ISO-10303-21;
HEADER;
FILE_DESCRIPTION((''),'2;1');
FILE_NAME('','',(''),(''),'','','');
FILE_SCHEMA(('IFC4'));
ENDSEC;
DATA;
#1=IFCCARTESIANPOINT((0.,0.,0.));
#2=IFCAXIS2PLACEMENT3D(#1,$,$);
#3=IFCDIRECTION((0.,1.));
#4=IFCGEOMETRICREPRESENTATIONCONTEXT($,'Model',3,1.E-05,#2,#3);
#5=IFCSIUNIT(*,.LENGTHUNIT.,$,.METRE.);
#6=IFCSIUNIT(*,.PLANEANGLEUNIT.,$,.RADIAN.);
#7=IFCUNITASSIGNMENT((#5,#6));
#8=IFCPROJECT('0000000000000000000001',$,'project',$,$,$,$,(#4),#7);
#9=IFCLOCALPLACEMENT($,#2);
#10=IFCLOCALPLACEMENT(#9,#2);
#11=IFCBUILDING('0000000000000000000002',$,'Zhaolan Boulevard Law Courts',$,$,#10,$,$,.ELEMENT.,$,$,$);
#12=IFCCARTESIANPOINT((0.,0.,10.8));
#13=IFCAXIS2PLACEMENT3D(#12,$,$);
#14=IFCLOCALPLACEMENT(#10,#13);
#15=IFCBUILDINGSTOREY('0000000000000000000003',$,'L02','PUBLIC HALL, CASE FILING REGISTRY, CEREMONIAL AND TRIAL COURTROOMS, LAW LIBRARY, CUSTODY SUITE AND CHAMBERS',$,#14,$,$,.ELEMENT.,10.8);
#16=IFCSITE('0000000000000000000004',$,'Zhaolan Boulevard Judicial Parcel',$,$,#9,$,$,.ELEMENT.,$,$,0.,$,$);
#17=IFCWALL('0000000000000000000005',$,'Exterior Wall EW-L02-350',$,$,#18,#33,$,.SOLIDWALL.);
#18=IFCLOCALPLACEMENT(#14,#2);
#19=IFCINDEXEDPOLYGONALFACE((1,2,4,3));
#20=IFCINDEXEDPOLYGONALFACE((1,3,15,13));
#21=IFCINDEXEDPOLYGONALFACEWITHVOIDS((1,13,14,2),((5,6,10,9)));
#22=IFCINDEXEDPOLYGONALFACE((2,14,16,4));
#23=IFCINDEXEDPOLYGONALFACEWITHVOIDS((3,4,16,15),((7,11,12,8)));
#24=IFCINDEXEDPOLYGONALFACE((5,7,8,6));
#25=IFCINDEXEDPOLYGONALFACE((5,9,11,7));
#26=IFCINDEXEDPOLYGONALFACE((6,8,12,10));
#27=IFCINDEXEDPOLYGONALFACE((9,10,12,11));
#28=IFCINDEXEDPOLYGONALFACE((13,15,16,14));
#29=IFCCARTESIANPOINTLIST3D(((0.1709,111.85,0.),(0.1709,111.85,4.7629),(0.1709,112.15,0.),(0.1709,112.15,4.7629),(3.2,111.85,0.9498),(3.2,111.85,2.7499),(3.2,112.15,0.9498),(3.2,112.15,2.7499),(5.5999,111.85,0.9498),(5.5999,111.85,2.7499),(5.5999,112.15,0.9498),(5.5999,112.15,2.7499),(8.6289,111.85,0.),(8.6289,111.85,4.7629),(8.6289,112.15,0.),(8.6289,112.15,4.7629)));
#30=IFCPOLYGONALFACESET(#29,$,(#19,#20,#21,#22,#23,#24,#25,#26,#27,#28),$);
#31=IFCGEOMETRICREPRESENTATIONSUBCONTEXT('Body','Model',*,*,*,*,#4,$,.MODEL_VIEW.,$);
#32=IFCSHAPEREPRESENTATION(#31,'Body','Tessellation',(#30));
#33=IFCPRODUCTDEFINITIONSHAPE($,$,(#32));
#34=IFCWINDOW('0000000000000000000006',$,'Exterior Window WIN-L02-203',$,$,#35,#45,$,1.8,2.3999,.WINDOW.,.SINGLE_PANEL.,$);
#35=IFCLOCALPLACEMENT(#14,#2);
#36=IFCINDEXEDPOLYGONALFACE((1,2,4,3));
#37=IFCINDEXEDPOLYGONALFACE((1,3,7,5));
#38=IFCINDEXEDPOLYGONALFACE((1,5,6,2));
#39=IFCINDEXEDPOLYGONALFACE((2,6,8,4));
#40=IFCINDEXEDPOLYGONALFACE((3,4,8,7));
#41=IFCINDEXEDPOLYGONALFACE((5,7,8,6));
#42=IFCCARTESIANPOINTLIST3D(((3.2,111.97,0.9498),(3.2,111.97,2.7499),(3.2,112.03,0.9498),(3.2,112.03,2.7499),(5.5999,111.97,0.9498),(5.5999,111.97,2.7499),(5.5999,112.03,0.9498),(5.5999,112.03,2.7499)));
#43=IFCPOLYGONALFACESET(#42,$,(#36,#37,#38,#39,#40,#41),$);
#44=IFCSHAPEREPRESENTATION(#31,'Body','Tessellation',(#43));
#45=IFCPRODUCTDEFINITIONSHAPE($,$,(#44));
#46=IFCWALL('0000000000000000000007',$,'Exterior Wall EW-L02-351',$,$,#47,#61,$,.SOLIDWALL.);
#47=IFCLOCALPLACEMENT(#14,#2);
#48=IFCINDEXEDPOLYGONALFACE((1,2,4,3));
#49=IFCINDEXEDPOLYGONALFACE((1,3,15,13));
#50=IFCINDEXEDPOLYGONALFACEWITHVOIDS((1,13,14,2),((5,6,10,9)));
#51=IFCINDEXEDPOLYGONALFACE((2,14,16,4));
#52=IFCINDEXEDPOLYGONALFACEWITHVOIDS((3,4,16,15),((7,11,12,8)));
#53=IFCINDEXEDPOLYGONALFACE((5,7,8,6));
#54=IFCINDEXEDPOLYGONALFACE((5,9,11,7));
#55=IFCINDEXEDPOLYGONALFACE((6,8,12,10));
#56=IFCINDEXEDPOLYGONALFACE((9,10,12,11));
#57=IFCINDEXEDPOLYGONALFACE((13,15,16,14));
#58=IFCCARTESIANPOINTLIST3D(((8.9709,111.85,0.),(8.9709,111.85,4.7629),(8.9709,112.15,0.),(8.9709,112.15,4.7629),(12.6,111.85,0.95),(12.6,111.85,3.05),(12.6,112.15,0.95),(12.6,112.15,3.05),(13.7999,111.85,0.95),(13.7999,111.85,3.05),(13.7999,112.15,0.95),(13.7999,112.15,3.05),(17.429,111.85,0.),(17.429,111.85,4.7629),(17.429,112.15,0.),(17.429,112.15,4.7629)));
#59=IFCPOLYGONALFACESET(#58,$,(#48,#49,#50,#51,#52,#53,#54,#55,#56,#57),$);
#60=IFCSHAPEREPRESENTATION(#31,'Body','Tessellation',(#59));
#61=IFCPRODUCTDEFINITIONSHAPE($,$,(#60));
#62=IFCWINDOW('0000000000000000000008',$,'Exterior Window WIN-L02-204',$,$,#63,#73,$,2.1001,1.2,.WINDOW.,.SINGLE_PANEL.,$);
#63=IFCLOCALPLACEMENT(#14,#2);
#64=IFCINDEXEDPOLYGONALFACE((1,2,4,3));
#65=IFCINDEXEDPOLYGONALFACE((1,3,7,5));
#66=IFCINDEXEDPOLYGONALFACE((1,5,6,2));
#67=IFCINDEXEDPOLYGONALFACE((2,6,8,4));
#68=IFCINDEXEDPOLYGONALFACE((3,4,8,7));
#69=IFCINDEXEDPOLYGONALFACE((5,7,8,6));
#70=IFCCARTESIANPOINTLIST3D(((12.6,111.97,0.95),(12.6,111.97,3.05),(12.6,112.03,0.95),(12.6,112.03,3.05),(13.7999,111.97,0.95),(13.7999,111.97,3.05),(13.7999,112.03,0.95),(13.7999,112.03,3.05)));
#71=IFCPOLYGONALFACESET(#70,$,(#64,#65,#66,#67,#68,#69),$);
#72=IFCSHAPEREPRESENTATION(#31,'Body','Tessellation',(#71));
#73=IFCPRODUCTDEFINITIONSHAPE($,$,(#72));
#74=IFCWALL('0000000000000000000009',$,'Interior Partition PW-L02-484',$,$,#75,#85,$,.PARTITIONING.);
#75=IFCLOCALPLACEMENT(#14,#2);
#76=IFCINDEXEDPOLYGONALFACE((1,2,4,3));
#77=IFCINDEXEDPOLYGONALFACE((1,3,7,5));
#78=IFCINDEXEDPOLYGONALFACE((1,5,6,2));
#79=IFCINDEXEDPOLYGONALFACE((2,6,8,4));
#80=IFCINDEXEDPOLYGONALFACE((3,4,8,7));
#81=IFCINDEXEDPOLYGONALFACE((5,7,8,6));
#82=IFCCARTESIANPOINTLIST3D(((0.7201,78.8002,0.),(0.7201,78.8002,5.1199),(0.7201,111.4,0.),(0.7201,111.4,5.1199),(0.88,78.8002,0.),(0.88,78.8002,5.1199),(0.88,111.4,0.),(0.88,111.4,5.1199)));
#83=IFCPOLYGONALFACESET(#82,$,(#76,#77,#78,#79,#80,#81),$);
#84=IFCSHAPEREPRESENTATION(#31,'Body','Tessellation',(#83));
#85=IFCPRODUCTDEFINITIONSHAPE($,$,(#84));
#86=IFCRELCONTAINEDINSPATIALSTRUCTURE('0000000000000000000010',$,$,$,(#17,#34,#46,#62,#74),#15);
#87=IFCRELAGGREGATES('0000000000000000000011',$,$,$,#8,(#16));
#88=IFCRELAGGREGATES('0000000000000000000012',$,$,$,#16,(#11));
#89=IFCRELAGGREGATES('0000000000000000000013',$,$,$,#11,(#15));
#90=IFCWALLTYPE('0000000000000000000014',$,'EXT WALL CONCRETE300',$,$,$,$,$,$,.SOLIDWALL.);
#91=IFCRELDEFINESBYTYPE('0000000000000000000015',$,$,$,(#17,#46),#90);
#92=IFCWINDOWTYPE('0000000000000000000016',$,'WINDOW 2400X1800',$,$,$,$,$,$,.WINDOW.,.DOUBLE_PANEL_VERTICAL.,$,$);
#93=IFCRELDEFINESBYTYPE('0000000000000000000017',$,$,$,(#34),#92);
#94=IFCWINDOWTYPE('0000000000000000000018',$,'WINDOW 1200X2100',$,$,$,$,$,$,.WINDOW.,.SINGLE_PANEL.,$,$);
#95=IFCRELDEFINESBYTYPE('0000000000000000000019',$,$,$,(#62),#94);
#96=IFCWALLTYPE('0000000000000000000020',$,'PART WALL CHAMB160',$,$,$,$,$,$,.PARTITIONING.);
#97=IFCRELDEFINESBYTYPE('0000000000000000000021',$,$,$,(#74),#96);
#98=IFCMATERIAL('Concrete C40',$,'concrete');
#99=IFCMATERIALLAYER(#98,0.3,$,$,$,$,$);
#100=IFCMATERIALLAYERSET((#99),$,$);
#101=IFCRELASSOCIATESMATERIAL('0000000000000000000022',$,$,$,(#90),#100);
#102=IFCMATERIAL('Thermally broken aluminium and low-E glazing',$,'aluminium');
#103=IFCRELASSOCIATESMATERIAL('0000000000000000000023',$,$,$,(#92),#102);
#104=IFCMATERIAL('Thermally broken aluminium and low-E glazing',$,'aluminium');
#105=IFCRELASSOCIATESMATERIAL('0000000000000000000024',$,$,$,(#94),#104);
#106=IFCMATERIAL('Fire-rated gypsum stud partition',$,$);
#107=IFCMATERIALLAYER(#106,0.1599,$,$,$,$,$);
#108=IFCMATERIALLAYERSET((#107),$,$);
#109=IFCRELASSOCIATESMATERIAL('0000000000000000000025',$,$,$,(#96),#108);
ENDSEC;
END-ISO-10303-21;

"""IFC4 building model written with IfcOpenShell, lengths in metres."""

from ifc_helpers import new_model, si_unit, direction, frame, frame_2d, origin, place, context, subcontext, project, spatial, rectangle, extrude, material, layer, layer_set, type_object, element, fill, save


model = new_model("IFC4")

# Units and contexts
model_context = context("Model", 3, precision=1e-05, world=origin(), true_north=direction((0.0, 1.0)))
body_context = subcontext(model_context, "Body", "Model", "MODEL_VIEW")
ifc_project = project(units=[si_unit("LENGTHUNIT", "METRE"), si_unit("PLANEANGLEUNIT", "RADIAN")], contexts=[model_context])

# Site, building, storey
site_placement = place(None, origin())
site = spatial("IfcSite", under=ifc_project, at=site_placement, Name="Zhaolan Boulevard Judicial Parcel", CompositionType="ELEMENT", RefElevation=0.0)
building_placement = place(site_placement, origin())
building = spatial("IfcBuilding", under=site, at=building_placement, Name="Zhaolan Boulevard Law Courts", CompositionType="ELEMENT")
storey_placement = place(building_placement, frame((0.0, 0.0, 10.8)))
storey = spatial("IfcBuildingStorey", under=building, at=storey_placement, Name="L02", Description="PUBLIC HALL, CASE FILING REGISTRY, CEREMONIAL AND TRIAL COURTROOMS, LAW LIBRARY, CUSTODY SUITE AND CHAMBERS", CompositionType="ELEMENT", Elevation=10.8)

# Walls, openings, windows
ifc_material_1 = material(Name="Concrete C40", Category="concrete")
ifc_layer_1 = layer(ifc_material_1, 0.3)
ifc_layer_set_1 = layer_set([ifc_layer_1])
wall_type_1 = type_object("IfcWallType", Name="EXT WALL CONCRETE300", PredefinedType="SOLIDWALL", material=ifc_layer_set_1)
wall_1_placement = place(storey_placement, frame((8.6289, 112.0, 0.0), z_axis=(0.0, 0.0, 1.0), x_axis=(-1.0, 0.0, 0.0)))
wall_1 = element("IfcWall", 1, at=wall_1_placement, inside=storey, type_object=wall_type_1, Name="Exterior Wall EW-L02-350", PredefinedType="SOLIDWALL", context=body_context, shape_type="SweptSolid", body=[
    extrude(rectangle(XDim=8.458, YDim=0.3, at=frame_2d((4.229, 0.0))), origin(), (0.0, 0.0, 1.0), 4.7629),
])
opening_1_placement = place(wall_1_placement, frame((3.0291, 0.0, 0.95)))
opening_1 = element("IfcOpeningElement", 2, at=opening_1_placement, cuts=wall_1, PredefinedType="OPENING", context=body_context, shape_type="SweptSolid", body=[
    extrude(rectangle(XDim=2.3999, YDim=1.8, at=frame_2d((1.2, 0.8999))), frame((0.0, 0.1599, 0.0), z_axis=(0.0, -1.0, 0.0), x_axis=(1.0, 0.0, 0.0)), (0.0, 0.0, 1.0), 0.3201),
])
ifc_material_2 = material(Name="Thermally broken aluminium and low-E glazing", Category="aluminium")
window_type_1 = type_object("IfcWindowType", Name="WINDOW 2400X1800", PartitioningType="DOUBLE_PANEL_VERTICAL", PredefinedType="WINDOW", material=ifc_material_2)
window_1_placement = place(opening_1_placement, origin())
window_1 = element("IfcWindow", 3, at=window_1_placement, inside=storey, type_object=window_type_1, Name="Exterior Window WIN-L02-203", OverallHeight=1.8, OverallWidth=2.3999, PartitioningType="SINGLE_PANEL", PredefinedType="WINDOW", context=body_context, shape_type="SweptSolid", body=[
    extrude(rectangle(XDim=2.3999, YDim=1.8, at=frame_2d((1.2, 0.8999))), frame((0.0, 0.03, 0.0), z_axis=(0.0, -1.0, 0.0), x_axis=(1.0, 0.0, 0.0)), (0.0, 0.0, 1.0), 0.0601),
])
fill(opening_1, window_1)
wall_2_placement = place(storey_placement, frame((17.429, 112.0, 0.0), z_axis=(0.0, 0.0, 1.0), x_axis=(-1.0, 0.0, 0.0)))
wall_2 = element("IfcWall", 4, at=wall_2_placement, inside=storey, type_object=wall_type_1, Name="Exterior Wall EW-L02-351", PredefinedType="SOLIDWALL", context=body_context, shape_type="SweptSolid", body=[
    extrude(rectangle(XDim=8.458, YDim=0.3, at=frame_2d((4.229, 0.0))), origin(), (0.0, 0.0, 1.0), 4.7629),
])
opening_2_placement = place(wall_2_placement, frame((3.6289, 0.0, 0.95)))
opening_2 = element("IfcOpeningElement", 5, at=opening_2_placement, cuts=wall_2, PredefinedType="OPENING", context=body_context, shape_type="SweptSolid", body=[
    extrude(rectangle(XDim=1.2, YDim=2.1001, at=frame_2d((0.6001, 1.05))), frame((0.0, 0.1599, 0.0), z_axis=(0.0, -1.0, 0.0), x_axis=(1.0, 0.0, 0.0)), (0.0, 0.0, 1.0), 0.3201),
])
ifc_material_3 = material(Name="Thermally broken aluminium and low-E glazing", Category="aluminium")
window_type_2 = type_object("IfcWindowType", Name="WINDOW 1200X2100", PartitioningType="SINGLE_PANEL", PredefinedType="WINDOW", material=ifc_material_3)
window_2_placement = place(opening_2_placement, origin())
window_2 = element("IfcWindow", 6, at=window_2_placement, inside=storey, type_object=window_type_2, Name="Exterior Window WIN-L02-204", OverallHeight=2.1001, OverallWidth=1.2, PartitioningType="SINGLE_PANEL", PredefinedType="WINDOW", context=body_context, shape_type="SweptSolid", body=[
    extrude(rectangle(XDim=1.2, YDim=2.1001, at=frame_2d((0.6001, 1.05))), frame((0.0, 0.03, 0.0), z_axis=(0.0, -1.0, 0.0), x_axis=(1.0, 0.0, 0.0)), (0.0, 0.0, 1.0), 0.0601),
])
fill(opening_2, window_2)

# Wall
ifc_material_4 = material(Name="Fire-rated gypsum stud partition")
ifc_layer_2 = layer(ifc_material_4, 0.1599)
ifc_layer_set_2 = layer_set([ifc_layer_2])
wall_type_2 = type_object("IfcWallType", Name="PART WALL CHAMB160", PredefinedType="PARTITIONING", material=ifc_layer_set_2)
wall_3_placement = place(storey_placement, frame((0.8, 111.3999, 0.0), z_axis=(0.0, 0.0, 1.0), x_axis=(0.0, -1.0, 0.0)))
element("IfcWall", 7, at=wall_3_placement, inside=storey, type_object=wall_type_2, Name="Interior Partition PW-L02-484", PredefinedType="PARTITIONING", context=body_context, shape_type="SweptSolid", body=[
    extrude(rectangle(XDim=32.5999, YDim=0.1599, at=frame_2d((16.2998, 0.0))), origin(), (0.0, 0.0, 1.0), 5.1199),
])

save(model, "model.ifc")
